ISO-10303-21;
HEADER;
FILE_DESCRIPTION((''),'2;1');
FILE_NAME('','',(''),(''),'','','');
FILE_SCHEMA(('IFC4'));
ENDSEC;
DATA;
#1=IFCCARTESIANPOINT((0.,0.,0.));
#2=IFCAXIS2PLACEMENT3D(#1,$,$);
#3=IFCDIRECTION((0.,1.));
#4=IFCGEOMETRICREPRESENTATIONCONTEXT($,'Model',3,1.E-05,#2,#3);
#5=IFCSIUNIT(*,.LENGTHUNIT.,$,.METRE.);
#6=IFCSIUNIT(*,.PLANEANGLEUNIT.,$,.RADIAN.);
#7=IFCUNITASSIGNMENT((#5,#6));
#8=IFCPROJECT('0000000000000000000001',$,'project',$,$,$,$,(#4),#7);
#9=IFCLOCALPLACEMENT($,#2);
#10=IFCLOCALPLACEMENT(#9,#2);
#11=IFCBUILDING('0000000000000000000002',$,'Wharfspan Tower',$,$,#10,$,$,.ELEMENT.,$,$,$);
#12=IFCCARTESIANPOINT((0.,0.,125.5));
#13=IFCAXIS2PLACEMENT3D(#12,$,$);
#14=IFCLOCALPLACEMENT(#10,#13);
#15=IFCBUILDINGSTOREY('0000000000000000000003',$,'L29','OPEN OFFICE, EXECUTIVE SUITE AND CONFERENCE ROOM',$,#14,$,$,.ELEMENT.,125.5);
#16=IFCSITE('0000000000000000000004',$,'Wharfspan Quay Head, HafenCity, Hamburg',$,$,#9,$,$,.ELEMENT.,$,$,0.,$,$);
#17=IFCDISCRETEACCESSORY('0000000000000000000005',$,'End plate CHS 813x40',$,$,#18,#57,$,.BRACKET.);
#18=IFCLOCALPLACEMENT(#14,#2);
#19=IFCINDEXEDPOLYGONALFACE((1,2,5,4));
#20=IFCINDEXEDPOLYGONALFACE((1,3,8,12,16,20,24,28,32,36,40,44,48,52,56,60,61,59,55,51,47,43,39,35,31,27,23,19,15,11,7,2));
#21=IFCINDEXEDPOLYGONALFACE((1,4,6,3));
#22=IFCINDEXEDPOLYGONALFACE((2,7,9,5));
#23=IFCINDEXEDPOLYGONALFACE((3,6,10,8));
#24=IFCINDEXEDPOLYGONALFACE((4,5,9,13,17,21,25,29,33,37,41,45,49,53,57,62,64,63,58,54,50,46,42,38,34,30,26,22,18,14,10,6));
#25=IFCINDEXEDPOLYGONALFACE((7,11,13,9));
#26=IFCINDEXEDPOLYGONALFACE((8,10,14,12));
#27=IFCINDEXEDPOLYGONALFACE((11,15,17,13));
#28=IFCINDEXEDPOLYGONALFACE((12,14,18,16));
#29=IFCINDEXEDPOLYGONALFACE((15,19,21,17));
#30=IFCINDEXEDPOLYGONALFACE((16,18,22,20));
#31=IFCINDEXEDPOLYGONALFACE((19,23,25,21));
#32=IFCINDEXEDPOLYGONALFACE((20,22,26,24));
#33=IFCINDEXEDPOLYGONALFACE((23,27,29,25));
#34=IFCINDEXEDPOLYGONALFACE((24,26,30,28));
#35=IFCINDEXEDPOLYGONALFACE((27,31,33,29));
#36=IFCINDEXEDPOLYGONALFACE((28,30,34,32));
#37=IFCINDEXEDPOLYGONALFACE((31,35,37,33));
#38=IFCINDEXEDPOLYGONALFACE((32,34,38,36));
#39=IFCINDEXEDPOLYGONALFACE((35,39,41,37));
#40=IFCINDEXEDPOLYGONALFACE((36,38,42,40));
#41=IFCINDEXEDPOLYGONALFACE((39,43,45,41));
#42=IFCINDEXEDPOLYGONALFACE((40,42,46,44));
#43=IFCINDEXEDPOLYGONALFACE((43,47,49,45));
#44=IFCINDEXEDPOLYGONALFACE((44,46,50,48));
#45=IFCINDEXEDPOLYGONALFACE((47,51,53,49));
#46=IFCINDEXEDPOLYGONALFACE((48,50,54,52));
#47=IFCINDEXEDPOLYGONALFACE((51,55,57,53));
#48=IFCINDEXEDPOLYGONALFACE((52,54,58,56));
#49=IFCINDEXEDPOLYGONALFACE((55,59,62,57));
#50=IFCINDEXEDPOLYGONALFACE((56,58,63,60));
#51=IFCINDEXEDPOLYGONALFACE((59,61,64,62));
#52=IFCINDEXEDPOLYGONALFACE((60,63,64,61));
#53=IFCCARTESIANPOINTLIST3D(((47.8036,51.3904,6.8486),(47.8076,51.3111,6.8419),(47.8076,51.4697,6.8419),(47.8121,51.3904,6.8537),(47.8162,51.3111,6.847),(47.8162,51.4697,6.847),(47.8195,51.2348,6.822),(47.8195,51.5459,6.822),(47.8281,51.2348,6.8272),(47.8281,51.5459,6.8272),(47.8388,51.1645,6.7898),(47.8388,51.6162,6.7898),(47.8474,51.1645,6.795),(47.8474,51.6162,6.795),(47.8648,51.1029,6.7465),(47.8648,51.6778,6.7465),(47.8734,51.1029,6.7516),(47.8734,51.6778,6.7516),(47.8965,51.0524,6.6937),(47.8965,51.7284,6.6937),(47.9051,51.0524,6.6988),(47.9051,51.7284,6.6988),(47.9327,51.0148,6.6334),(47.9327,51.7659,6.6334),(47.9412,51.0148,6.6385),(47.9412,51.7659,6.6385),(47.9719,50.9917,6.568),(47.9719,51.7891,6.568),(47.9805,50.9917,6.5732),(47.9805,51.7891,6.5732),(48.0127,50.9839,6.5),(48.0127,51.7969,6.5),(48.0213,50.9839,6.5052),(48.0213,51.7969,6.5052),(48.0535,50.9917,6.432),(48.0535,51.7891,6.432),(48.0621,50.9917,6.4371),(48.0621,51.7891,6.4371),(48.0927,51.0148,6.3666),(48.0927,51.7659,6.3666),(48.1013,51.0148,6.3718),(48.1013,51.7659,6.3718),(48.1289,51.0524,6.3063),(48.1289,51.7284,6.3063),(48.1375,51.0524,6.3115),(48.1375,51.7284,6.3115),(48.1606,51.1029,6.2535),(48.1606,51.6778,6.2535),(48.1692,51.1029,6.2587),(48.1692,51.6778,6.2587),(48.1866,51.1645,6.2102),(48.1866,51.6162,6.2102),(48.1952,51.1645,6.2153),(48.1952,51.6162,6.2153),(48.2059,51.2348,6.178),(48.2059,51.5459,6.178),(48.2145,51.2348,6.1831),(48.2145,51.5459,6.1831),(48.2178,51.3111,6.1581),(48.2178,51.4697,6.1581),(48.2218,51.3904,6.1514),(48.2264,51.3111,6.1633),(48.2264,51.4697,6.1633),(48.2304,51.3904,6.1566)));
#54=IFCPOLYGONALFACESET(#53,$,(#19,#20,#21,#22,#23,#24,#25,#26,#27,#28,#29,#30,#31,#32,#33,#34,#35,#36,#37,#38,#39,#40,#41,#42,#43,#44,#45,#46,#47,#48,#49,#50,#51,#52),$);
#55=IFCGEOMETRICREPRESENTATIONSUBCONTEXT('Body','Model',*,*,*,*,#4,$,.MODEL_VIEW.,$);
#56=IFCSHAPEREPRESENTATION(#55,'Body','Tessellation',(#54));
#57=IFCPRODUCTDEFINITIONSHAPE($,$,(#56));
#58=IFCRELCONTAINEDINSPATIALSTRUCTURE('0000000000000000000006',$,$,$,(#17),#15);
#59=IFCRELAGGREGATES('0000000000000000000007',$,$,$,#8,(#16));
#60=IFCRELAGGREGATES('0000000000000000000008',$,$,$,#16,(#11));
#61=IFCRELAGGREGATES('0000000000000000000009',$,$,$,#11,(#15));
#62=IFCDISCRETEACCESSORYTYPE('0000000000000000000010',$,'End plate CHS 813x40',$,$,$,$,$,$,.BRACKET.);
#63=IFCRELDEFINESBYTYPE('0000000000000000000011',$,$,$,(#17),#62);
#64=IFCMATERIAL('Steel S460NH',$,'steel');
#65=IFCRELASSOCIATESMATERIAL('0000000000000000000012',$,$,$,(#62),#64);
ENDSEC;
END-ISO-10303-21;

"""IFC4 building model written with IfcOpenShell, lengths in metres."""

from ifc_helpers import new_model, si_unit, direction, frame, origin, origin_2d, place, context, subcontext, project, spatial, circle, extrude, material, material_profile, profile_set, type_object, element, save


model = new_model("IFC4")

# Units and contexts
model_context = context("Model", 3, precision=1e-05, world=origin(), true_north=direction((0.0, 1.0)))
body_context = subcontext(model_context, "Body", "Model", "MODEL_VIEW")
ifc_project = project(units=[si_unit("LENGTHUNIT", "METRE"), si_unit("PLANEANGLEUNIT", "RADIAN")], contexts=[model_context])

# Site, building, storey
site_placement = place(None, origin())
site = spatial("IfcSite", under=ifc_project, at=site_placement, Name="Wharfspan Quay Head, HafenCity, Hamburg", CompositionType="ELEMENT", RefElevation=0.0)
building_placement = place(site_placement, origin())
building = spatial("IfcBuilding", under=site, at=building_placement, Name="Wharfspan Tower", CompositionType="ELEMENT")
storey_placement = place(building_placement, frame((0.0, 0.0, 125.5)))
storey = spatial("IfcBuildingStorey", under=building, at=storey_placement, Name="L29", Description="OPEN OFFICE, EXECUTIVE SUITE AND CONFERENCE ROOM", CompositionType="ELEMENT", Elevation=125.5)

# Shared definitions
ifc_material_1 = material(Name="Steel S460NH", Category="steel")

# Discrete accessory
ifc_material_profile_1 = material_profile(ifc_material_1, circle(Radius=0.4065, at=origin_2d()))
ifc_profile_set_1 = profile_set([ifc_material_profile_1], Name="Steel S460NH")
discrete_accessory_type = type_object("IfcDiscreteAccessoryType", Name="End plate CHS 813x40", PredefinedType="BRACKET", material=ifc_profile_set_1)
for number, where, z_axis, x_axis, name in (
    (1, (48.0127, 51.3904, 6.5), (0.857493, 0.0, 0.514496), (0.0, 1.0, 0.0), "End plate CHS 813x40"),
):
    element("IfcDiscreteAccessory", number, at=place(storey_placement, frame(where, z_axis=z_axis, x_axis=x_axis)), inside=storey, type_object=discrete_accessory_type, Name=name, PredefinedType="BRACKET", context=body_context, shape_type="SweptSolid", body=[
        extrude(circle(Radius=0.4065, at=origin_2d()), origin(), (0.0, 0.0, 1.0), 0.01),
    ])

save(model, "model.ifc")
